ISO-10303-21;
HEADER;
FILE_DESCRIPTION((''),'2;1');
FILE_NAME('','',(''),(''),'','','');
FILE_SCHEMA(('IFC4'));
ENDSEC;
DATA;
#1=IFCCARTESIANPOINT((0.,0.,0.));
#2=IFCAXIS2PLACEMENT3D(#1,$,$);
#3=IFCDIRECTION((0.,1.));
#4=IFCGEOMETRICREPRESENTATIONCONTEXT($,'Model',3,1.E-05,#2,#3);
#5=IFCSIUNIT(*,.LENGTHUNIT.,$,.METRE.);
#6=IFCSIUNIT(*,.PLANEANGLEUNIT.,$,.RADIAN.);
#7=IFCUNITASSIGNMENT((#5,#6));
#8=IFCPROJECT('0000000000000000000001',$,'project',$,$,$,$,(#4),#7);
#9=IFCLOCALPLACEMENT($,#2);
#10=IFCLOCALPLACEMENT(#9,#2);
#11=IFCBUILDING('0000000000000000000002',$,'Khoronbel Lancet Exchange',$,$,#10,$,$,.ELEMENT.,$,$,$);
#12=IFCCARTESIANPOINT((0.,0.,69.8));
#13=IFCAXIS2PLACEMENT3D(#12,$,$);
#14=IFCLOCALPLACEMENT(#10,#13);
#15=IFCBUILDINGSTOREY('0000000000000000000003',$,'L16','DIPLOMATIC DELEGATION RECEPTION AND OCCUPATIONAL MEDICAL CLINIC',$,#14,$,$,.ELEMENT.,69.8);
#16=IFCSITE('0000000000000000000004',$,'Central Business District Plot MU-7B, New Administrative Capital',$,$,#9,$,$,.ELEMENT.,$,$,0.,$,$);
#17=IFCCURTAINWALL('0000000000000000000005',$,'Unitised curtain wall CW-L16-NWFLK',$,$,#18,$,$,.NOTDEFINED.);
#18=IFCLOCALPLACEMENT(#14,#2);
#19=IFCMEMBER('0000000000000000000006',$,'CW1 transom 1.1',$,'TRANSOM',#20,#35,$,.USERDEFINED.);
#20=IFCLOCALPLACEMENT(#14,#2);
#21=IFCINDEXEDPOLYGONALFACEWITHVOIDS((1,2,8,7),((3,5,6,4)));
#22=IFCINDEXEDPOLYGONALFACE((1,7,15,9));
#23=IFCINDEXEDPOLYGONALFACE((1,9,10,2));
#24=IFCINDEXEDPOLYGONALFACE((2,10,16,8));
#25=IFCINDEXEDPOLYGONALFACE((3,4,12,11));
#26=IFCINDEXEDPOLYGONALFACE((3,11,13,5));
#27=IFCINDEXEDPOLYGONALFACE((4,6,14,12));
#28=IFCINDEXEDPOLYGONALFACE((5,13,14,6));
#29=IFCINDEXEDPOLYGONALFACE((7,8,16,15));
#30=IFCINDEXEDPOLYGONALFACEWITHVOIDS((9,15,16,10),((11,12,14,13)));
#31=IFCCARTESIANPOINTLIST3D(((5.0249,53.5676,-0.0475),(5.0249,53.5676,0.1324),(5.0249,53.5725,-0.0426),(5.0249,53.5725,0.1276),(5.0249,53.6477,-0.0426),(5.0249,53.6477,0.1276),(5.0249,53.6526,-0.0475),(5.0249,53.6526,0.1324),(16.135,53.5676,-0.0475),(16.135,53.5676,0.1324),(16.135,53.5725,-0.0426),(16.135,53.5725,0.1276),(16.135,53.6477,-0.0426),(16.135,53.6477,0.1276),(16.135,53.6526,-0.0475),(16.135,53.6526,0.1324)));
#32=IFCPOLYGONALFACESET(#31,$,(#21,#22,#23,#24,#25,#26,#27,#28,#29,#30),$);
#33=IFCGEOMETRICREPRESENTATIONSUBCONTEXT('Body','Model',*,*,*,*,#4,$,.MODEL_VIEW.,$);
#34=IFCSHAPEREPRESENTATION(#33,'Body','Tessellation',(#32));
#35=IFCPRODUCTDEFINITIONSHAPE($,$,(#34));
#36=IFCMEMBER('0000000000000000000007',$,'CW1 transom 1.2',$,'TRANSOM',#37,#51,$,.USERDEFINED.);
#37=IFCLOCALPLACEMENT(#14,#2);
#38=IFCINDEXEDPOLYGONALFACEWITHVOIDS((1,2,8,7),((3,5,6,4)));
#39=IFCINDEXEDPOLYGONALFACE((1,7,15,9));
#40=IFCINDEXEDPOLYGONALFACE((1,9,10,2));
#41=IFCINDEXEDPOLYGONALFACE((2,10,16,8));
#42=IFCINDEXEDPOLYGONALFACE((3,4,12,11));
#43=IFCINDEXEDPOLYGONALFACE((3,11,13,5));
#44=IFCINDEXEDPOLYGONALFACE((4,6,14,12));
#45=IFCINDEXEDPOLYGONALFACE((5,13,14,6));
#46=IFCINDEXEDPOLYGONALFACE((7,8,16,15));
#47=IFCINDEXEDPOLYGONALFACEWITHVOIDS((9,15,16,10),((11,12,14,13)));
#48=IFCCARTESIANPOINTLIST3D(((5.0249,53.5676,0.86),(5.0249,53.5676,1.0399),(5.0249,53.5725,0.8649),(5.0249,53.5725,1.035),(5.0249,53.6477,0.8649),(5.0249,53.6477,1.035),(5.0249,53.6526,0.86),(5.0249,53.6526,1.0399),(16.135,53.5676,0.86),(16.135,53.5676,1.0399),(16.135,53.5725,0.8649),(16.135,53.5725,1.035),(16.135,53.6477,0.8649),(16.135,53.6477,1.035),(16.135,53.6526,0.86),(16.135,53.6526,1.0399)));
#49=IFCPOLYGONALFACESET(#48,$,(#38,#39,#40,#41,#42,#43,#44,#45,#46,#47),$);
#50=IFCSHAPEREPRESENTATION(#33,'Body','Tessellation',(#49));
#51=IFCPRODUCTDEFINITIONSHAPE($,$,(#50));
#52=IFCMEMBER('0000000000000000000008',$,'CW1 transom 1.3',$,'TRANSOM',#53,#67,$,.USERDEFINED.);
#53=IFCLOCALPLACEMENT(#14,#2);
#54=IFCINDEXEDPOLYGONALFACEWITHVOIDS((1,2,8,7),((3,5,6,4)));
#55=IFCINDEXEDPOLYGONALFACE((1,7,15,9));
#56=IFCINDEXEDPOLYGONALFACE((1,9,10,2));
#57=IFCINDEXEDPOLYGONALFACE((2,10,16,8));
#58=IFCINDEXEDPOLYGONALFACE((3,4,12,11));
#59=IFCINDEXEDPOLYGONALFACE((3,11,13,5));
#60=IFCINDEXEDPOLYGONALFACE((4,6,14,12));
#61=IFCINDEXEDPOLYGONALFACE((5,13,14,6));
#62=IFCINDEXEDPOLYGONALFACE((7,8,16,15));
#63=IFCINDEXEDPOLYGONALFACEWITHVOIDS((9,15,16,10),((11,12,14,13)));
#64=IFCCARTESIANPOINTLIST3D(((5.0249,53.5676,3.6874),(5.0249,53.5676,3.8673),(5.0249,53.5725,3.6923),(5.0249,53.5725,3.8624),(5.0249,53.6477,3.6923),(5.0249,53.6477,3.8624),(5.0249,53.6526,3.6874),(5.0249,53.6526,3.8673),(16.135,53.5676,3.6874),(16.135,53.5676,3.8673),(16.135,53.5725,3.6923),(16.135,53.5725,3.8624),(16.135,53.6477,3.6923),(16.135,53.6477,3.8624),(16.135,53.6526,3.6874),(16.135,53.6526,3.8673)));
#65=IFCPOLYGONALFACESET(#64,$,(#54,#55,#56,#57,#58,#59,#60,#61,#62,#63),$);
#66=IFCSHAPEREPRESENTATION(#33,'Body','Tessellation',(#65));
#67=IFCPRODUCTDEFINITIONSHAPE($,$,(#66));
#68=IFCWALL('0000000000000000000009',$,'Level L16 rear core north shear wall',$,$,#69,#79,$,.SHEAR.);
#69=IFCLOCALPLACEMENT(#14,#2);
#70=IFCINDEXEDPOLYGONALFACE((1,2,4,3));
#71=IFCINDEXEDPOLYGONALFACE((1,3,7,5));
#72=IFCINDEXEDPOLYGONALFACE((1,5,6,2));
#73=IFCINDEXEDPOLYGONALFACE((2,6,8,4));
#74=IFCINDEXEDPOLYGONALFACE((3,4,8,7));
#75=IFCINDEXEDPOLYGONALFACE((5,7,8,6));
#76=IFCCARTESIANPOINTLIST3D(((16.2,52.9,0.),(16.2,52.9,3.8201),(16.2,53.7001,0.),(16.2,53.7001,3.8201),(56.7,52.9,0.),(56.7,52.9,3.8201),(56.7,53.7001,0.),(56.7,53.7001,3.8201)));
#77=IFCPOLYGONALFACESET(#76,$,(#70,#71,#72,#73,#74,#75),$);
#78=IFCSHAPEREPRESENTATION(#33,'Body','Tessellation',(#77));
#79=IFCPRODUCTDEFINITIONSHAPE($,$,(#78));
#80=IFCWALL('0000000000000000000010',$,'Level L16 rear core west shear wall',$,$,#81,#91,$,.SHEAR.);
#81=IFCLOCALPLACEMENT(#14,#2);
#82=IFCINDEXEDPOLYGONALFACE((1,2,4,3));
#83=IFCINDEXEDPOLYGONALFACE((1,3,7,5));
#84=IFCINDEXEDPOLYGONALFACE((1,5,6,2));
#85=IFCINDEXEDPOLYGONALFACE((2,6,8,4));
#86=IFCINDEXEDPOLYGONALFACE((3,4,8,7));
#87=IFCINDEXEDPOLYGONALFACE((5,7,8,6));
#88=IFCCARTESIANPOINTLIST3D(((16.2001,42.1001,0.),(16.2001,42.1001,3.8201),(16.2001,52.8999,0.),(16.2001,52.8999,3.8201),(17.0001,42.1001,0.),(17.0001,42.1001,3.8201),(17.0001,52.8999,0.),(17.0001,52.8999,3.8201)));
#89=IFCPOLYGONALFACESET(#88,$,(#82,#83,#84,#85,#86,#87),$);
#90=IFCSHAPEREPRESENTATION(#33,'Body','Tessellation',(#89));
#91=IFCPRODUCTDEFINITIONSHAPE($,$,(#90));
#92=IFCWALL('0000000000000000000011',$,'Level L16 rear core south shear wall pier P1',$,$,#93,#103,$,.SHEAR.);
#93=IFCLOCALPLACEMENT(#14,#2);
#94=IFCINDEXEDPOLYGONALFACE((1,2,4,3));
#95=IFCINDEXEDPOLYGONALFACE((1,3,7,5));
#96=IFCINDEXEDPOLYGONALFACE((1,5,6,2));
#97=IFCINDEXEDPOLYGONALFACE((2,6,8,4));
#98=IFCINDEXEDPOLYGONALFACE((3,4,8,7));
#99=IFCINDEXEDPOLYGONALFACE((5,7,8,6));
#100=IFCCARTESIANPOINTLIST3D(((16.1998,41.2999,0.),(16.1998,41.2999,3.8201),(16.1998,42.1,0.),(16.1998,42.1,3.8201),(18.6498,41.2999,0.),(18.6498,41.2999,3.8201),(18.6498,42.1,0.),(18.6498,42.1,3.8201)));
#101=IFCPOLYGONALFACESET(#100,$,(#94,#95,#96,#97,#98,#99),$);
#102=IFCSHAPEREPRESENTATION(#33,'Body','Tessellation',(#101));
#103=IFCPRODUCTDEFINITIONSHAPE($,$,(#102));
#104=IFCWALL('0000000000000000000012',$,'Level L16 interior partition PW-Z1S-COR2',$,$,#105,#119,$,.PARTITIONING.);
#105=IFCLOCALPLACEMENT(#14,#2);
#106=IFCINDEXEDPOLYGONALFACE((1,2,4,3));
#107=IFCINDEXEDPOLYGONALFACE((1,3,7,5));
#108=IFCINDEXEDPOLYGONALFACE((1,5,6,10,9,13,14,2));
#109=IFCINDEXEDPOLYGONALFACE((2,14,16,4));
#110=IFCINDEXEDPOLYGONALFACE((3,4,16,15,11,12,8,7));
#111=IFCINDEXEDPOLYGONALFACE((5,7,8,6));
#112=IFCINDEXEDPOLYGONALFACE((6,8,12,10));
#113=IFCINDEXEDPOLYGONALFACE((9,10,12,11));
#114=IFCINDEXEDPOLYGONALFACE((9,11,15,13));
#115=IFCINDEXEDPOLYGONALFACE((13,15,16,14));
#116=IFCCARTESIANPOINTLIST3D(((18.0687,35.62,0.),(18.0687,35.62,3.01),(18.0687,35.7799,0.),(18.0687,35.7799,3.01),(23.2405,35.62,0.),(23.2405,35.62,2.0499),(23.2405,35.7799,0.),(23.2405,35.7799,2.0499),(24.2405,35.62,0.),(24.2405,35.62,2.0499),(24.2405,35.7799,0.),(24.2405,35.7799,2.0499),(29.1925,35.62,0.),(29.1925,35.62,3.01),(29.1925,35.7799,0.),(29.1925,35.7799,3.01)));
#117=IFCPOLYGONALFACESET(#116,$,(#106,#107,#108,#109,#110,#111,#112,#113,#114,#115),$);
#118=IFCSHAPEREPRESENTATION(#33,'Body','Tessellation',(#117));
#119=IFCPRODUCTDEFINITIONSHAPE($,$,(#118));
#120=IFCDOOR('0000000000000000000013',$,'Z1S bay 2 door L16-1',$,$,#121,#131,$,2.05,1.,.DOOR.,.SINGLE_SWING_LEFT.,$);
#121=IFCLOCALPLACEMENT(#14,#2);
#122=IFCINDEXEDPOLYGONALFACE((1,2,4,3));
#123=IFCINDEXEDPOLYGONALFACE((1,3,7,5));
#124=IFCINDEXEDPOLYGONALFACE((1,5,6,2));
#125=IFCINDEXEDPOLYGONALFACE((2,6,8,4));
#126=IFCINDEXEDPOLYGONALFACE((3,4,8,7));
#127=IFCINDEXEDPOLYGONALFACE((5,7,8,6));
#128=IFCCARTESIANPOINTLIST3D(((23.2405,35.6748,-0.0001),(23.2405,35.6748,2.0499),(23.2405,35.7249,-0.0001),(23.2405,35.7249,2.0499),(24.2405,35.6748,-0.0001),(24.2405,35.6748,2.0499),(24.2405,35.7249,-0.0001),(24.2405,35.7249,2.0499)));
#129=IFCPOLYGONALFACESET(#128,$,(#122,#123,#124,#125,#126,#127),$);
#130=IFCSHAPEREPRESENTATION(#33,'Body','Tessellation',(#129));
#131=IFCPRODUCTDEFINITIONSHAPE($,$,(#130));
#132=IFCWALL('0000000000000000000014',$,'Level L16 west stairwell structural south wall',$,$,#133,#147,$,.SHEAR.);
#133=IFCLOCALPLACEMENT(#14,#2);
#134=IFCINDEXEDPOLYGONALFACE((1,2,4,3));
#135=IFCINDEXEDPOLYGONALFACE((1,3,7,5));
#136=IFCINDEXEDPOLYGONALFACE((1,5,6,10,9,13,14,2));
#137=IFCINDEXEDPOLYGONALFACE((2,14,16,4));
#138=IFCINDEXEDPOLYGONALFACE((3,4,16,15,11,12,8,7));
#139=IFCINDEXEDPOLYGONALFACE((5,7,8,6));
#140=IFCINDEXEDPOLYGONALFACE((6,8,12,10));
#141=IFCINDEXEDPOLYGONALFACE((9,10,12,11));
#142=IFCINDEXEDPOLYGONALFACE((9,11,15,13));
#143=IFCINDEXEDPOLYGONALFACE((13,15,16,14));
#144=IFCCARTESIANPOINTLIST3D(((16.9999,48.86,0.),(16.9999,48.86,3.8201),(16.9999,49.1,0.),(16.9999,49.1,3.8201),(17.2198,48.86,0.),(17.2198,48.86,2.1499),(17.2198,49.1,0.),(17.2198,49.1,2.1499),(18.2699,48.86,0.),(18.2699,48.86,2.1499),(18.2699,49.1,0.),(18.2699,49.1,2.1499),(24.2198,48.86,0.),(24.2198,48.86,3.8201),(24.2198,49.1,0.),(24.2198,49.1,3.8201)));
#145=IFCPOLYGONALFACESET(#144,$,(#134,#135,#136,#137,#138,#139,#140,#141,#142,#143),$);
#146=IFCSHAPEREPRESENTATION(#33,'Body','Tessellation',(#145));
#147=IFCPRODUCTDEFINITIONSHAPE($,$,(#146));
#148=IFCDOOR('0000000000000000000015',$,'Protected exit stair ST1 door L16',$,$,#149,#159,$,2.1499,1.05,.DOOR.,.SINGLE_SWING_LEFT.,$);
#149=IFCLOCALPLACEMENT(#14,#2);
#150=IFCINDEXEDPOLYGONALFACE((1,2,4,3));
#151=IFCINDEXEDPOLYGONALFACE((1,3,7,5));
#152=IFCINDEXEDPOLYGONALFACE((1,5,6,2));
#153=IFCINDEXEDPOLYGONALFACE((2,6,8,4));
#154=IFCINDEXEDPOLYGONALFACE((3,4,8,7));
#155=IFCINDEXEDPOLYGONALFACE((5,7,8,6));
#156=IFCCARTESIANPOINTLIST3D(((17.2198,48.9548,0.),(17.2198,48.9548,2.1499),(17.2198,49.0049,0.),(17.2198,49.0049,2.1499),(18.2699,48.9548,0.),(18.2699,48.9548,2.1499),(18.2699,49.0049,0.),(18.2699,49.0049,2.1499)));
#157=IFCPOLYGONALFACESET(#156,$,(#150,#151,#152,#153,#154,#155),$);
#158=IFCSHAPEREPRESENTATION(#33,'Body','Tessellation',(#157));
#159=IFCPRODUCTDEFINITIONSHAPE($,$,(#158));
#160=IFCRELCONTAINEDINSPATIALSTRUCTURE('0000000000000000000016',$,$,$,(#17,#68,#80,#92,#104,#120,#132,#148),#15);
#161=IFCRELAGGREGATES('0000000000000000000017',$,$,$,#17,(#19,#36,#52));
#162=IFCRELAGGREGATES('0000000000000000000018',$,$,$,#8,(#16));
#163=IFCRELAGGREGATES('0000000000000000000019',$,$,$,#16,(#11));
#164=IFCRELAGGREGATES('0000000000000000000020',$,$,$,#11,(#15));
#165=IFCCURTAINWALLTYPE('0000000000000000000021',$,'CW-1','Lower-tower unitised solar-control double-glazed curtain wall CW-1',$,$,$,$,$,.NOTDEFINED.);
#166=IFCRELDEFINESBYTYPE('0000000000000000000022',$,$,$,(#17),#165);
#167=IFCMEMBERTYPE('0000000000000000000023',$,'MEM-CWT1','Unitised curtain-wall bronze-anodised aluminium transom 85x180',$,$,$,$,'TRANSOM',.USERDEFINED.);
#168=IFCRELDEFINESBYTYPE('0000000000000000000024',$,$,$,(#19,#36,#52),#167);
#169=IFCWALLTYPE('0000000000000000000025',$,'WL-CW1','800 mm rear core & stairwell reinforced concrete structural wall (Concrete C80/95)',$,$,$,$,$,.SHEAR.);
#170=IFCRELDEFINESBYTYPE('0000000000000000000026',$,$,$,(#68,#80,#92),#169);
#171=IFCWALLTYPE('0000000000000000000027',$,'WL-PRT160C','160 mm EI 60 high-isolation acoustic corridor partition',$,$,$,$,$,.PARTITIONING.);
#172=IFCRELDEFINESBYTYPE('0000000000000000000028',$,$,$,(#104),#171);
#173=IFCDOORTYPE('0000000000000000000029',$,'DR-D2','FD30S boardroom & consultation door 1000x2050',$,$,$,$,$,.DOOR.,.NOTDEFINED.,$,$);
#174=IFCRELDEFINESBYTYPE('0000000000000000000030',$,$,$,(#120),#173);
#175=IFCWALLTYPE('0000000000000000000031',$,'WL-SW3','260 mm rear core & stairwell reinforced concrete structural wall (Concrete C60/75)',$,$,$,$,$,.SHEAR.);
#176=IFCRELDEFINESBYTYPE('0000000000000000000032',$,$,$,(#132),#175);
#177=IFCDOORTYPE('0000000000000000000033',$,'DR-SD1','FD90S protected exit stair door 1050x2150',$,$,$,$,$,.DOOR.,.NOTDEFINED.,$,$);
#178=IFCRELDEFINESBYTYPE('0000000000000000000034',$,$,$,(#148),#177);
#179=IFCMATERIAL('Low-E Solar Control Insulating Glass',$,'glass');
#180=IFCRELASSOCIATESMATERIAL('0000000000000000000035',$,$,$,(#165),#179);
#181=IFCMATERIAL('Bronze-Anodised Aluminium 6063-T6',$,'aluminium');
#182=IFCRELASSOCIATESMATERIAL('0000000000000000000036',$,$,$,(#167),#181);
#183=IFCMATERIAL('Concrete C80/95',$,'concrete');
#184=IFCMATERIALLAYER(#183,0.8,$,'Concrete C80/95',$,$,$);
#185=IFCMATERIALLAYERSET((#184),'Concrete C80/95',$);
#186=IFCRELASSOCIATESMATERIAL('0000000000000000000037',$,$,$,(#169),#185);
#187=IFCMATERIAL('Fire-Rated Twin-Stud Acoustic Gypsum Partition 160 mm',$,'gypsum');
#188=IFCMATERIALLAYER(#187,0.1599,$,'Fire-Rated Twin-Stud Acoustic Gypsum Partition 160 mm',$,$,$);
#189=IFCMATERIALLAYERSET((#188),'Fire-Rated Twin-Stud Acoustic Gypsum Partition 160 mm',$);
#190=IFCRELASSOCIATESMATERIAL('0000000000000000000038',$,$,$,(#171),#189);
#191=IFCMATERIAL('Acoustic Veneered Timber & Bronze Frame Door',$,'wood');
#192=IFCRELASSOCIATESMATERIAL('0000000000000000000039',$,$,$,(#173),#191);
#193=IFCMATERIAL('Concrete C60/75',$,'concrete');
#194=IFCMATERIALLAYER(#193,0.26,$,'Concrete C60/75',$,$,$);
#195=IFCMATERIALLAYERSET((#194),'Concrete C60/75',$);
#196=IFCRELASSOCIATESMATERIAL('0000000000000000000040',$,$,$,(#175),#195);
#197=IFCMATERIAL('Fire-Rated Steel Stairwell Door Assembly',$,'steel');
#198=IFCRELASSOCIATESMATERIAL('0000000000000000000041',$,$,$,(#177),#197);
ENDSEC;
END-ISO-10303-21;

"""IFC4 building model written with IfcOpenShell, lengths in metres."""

from ifc_helpers import new_model, si_unit, direction, frame, frame_2d, origin, origin_2d, place, context, subcontext, project, spatial, rectangle, hollow_rectangle, extrude, material, layer, layer_set, material_profile, profile_set, type_object, element, fill, aggregate, save


model = new_model("IFC4")

# Units and contexts
model_context = context("Model", 3, precision=1e-05, world=origin(), true_north=direction((0.0, 1.0)))
body_context = subcontext(model_context, "Body", "Model", "MODEL_VIEW")
ifc_project = project(units=[si_unit("LENGTHUNIT", "METRE"), si_unit("PLANEANGLEUNIT", "RADIAN")], contexts=[model_context])

# Site, building, storey
site_placement = place(None, origin())
site = spatial("IfcSite", under=ifc_project, at=site_placement, Name="Central Business District Plot MU-7B, New Administrative Capital", CompositionType="ELEMENT", RefElevation=0.0)
building_placement = place(site_placement, origin())
building = spatial("IfcBuilding", under=site, at=building_placement, Name="Khoronbel Lancet Exchange", CompositionType="ELEMENT")
storey_placement = place(building_placement, frame((0.0, 0.0, 69.8)))
storey = spatial("IfcBuildingStorey", under=building, at=storey_placement, Name="L16", Description="DIPLOMATIC DELEGATION RECEPTION AND OCCUPATIONAL MEDICAL CLINIC", CompositionType="ELEMENT", Elevation=69.8)

# Shared definitions
ifc_material_1 = material(Name="Concrete C80/95", Category="concrete")

# Curtain wall, members
ifc_material_2 = material(Name="Low-E Solar Control Insulating Glass", Category="glass")
curtain_wall_type = type_object("IfcCurtainWallType", Name="CW-1", Description="Lower-tower unitised solar-control double-glazed curtain wall CW-1", PredefinedType="NOTDEFINED", material=ifc_material_2)
curtain_wall_placement = place(storey_placement, origin())
curtain_wall = element("IfcCurtainWall", 1, at=curtain_wall_placement, inside=storey, type_object=curtain_wall_type, Name="Unitised curtain wall CW-L16-NWFLK", PredefinedType="NOTDEFINED")
ifc_material_3 = material(Name="Bronze-Anodised Aluminium 6063-T6", Category="aluminium")
ifc_material_profile_1 = material_profile(ifc_material_3, hollow_rectangle(XDim=0.085, YDim=0.1799, WallThickness=0.0049, at=origin_2d()), Name="ALU TRANSOM 85x180")
ifc_profile_set_1 = profile_set([ifc_material_profile_1], Name="Bronze-Anodised Aluminium 6063-T6")
member_type_1 = type_object("IfcMemberType", Name="MEM-CWT1", Description="Unitised curtain-wall bronze-anodised aluminium transom 85x180", ElementType="TRANSOM", PredefinedType="USERDEFINED", material=ifc_profile_set_1)
member_1_placement = place(storey_placement, frame((16.135, 53.6101, 0.0425), z_axis=(-1.0, 0.0, 0.0), x_axis=(0.0, -1.0, 0.0)))
member_1 = element("IfcMember", 2, at=member_1_placement, type_object=member_type_1, Name="CW1 transom 1.1", ObjectType="TRANSOM", PredefinedType="USERDEFINED", context=body_context, shape_type="SweptSolid", body=[
    extrude(hollow_rectangle(XDim=0.085, YDim=0.1799, WallThickness=0.0049, at=origin_2d()), origin(), (0.0, 0.0, 1.0), 11.1101),
])
member_2_placement = place(storey_placement, frame((16.135, 53.6101, 0.95), z_axis=(-1.0, 0.0, 0.0), x_axis=(0.0, -1.0, 0.0)))
member_2 = element("IfcMember", 3, at=member_2_placement, type_object=member_type_1, Name="CW1 transom 1.2", ObjectType="TRANSOM", PredefinedType="USERDEFINED", context=body_context, shape_type="SweptSolid", body=[
    extrude(hollow_rectangle(XDim=0.085, YDim=0.1799, WallThickness=0.0049, at=origin_2d()), origin(), (0.0, 0.0, 1.0), 11.1101),
])
member_3_placement = place(storey_placement, frame((16.135, 53.6101, 3.7773), z_axis=(-1.0, 0.0, 0.0), x_axis=(0.0, -1.0, 0.0)))
member_3 = element("IfcMember", 4, at=member_3_placement, type_object=member_type_1, Name="CW1 transom 1.3", ObjectType="TRANSOM", PredefinedType="USERDEFINED", context=body_context, shape_type="SweptSolid", body=[
    extrude(hollow_rectangle(XDim=0.085, YDim=0.1799, WallThickness=0.0049, at=origin_2d()), origin(), (0.0, 0.0, 1.0), 11.1101),
])
aggregate(curtain_wall, [member_1, member_2, member_3])

# Walls
ifc_layer_1 = layer(ifc_material_1, 0.8, Name="Concrete C80/95")
ifc_layer_set_1 = layer_set([ifc_layer_1], Name="Concrete C80/95")
wall_type_1 = type_object("IfcWallType", Name="WL-CW1", Description="800 mm rear core & stairwell reinforced concrete structural wall (Concrete C80/95)", PredefinedType="SHEAR", material=ifc_layer_set_1)
wall_1_placement = place(storey_placement, frame((16.2, 53.3, 0.0), z_axis=(0.0, 0.0, 1.0), x_axis=(1.0, 0.0, 0.0)))
element("IfcWall", 5, at=wall_1_placement, inside=storey, type_object=wall_type_1, Name="Level L16 rear core north shear wall", PredefinedType="SHEAR", context=body_context, shape_type="SweptSolid", body=[
    extrude(rectangle(XDim=40.5, YDim=0.8, at=frame_2d((20.25, 0.0))), origin(), (0.0, 0.0, 1.0), 3.8201),
])
wall_2_placement = place(storey_placement, frame((16.6001, 42.1001, 0.0), z_axis=(0.0, 0.0, 1.0), x_axis=(0.0, 1.0, 0.0)))
element("IfcWall", 6, at=wall_2_placement, inside=storey, type_object=wall_type_1, Name="Level L16 rear core west shear wall", PredefinedType="SHEAR", context=body_context, shape_type="SweptSolid", body=[
    extrude(rectangle(XDim=10.7998, YDim=0.8, at=frame_2d((5.3999, 0.0))), origin(), (0.0, 0.0, 1.0), 3.8201),
])
wall_3_placement = place(storey_placement, frame((18.6499, 41.7, 0.0), z_axis=(0.0, 0.0, 1.0), x_axis=(-1.0, 0.0, 0.0)))
element("IfcWall", 7, at=wall_3_placement, inside=storey, type_object=wall_type_1, Name="Level L16 rear core south shear wall pier P1", PredefinedType="SHEAR", context=body_context, shape_type="SweptSolid", body=[
    extrude(rectangle(XDim=2.45, YDim=0.8, at=frame_2d((1.2251, 0.0))), origin(), (0.0, 0.0, 1.0), 3.8201),
])

# Walls, openings, doors
ifc_material_4 = material(Name="Fire-Rated Twin-Stud Acoustic Gypsum Partition 160 mm", Category="gypsum")
ifc_layer_2 = layer(ifc_material_4, 0.1599, Name="Fire-Rated Twin-Stud Acoustic Gypsum Partition 160 mm")
ifc_layer_set_2 = layer_set([ifc_layer_2], Name="Fire-Rated Twin-Stud Acoustic Gypsum Partition 160 mm")
wall_type_2 = type_object("IfcWallType", Name="WL-PRT160C", Description="160 mm EI 60 high-isolation acoustic corridor partition", PredefinedType="PARTITIONING", material=ifc_layer_set_2)
wall_4_placement = place(storey_placement, frame((18.0686, 35.7, 0.0), z_axis=(0.0, 0.0, 1.0), x_axis=(1.0, 0.0, 0.0)))
wall_4 = element("IfcWall", 8, at=wall_4_placement, inside=storey, type_object=wall_type_2, Name="Level L16 interior partition PW-Z1S-COR2", PredefinedType="PARTITIONING", context=body_context, shape_type="SweptSolid", body=[
    extrude(rectangle(XDim=11.1238, YDim=0.1599, at=frame_2d((5.562, 0.0))), origin(), (0.0, 0.0, 1.0), 3.01),
])
opening_1_placement = place(wall_4_placement, frame((5.1719, 0.0, 0.0)))
opening_1 = element("IfcOpeningElement", 9, at=opening_1_placement, cuts=wall_4, PredefinedType="OPENING", context=body_context, shape_type="SweptSolid", body=[
    extrude(rectangle(XDim=1.0, YDim=2.05, at=frame_2d((0.5, 1.0249))), frame((0.0, 0.0898, 0.0), z_axis=(0.0, -1.0, 0.0), x_axis=(1.0, 0.0, 0.0)), (0.0, 0.0, 1.0), 0.1799),
])
ifc_material_5 = material(Name="Acoustic Veneered Timber & Bronze Frame Door", Category="wood")
door_type_1 = type_object("IfcDoorType", Name="DR-D2", Description="FD30S boardroom & consultation door 1000x2050", OperationType="NOTDEFINED", PredefinedType="DOOR", material=ifc_material_5)
door_1_placement = place(opening_1_placement, origin())
door_1 = element("IfcDoor", 10, at=door_1_placement, inside=storey, type_object=door_type_1, Name="Z1S bay 2 door L16-1", OperationType="SINGLE_SWING_LEFT", OverallHeight=2.05, OverallWidth=1.0, PredefinedType="DOOR", context=body_context, shape_type="SweptSolid", body=[
    extrude(rectangle(XDim=1.0, YDim=2.05, at=frame_2d((0.5, 1.0249))), frame((0.0, 0.0249, 0.0), z_axis=(0.0, -1.0, 0.0), x_axis=(1.0, 0.0, 0.0)), (0.0, 0.0, 1.0), 0.05),
])
fill(opening_1, door_1)
ifc_material_6 = material(Name="Concrete C60/75", Category="concrete")
ifc_layer_3 = layer(ifc_material_6, 0.26, Name="Concrete C60/75")
ifc_layer_set_3 = layer_set([ifc_layer_3], Name="Concrete C60/75")
wall_type_3 = type_object("IfcWallType", Name="WL-SW3", Description="260 mm rear core & stairwell reinforced concrete structural wall (Concrete C60/75)", PredefinedType="SHEAR", material=ifc_layer_set_3)
wall_5_placement = place(storey_placement, frame((17.0, 48.98, 0.0), z_axis=(0.0, 0.0, 1.0), x_axis=(1.0, 0.0, 0.0)))
wall_5 = element("IfcWall", 11, at=wall_5_placement, inside=storey, type_object=wall_type_3, Name="Level L16 west stairwell structural south wall", PredefinedType="SHEAR", context=body_context, shape_type="SweptSolid", body=[
    extrude(rectangle(XDim=7.22, YDim=0.24, at=frame_2d((3.6099, 0.0))), origin(), (0.0, 0.0, 1.0), 3.8201),
])
opening_2_placement = place(wall_5_placement, frame((0.22, 0.0, 0.0)))
opening_2 = element("IfcOpeningElement", 12, at=opening_2_placement, cuts=wall_5, PredefinedType="OPENING", context=body_context, shape_type="SweptSolid", body=[
    extrude(rectangle(XDim=1.05, YDim=2.1499, at=frame_2d((0.5249, 1.075))), frame((0.0, 0.1299, 0.0), z_axis=(0.0, -1.0, 0.0), x_axis=(1.0, 0.0, 0.0)), (0.0, 0.0, 1.0), 0.26),
])
ifc_material_7 = material(Name="Fire-Rated Steel Stairwell Door Assembly", Category="steel")
door_type_2 = type_object("IfcDoorType", Name="DR-SD1", Description="FD90S protected exit stair door 1050x2150", OperationType="NOTDEFINED", PredefinedType="DOOR", material=ifc_material_7)
door_2_placement = place(opening_2_placement, origin())
door_2 = element("IfcDoor", 13, at=door_2_placement, inside=storey, type_object=door_type_2, Name="Protected exit stair ST1 door L16", OperationType="SINGLE_SWING_LEFT", OverallHeight=2.1499, OverallWidth=1.05, PredefinedType="DOOR", context=body_context, shape_type="SweptSolid", body=[
    extrude(rectangle(XDim=1.05, YDim=2.1499, at=frame_2d((0.5249, 1.075))), frame((0.0, 0.0249, 0.0), z_axis=(0.0, -1.0, 0.0), x_axis=(1.0, 0.0, 0.0)), (0.0, 0.0, 1.0), 0.05),
])
fill(opening_2, door_2)

save(model, "model.ifc")
